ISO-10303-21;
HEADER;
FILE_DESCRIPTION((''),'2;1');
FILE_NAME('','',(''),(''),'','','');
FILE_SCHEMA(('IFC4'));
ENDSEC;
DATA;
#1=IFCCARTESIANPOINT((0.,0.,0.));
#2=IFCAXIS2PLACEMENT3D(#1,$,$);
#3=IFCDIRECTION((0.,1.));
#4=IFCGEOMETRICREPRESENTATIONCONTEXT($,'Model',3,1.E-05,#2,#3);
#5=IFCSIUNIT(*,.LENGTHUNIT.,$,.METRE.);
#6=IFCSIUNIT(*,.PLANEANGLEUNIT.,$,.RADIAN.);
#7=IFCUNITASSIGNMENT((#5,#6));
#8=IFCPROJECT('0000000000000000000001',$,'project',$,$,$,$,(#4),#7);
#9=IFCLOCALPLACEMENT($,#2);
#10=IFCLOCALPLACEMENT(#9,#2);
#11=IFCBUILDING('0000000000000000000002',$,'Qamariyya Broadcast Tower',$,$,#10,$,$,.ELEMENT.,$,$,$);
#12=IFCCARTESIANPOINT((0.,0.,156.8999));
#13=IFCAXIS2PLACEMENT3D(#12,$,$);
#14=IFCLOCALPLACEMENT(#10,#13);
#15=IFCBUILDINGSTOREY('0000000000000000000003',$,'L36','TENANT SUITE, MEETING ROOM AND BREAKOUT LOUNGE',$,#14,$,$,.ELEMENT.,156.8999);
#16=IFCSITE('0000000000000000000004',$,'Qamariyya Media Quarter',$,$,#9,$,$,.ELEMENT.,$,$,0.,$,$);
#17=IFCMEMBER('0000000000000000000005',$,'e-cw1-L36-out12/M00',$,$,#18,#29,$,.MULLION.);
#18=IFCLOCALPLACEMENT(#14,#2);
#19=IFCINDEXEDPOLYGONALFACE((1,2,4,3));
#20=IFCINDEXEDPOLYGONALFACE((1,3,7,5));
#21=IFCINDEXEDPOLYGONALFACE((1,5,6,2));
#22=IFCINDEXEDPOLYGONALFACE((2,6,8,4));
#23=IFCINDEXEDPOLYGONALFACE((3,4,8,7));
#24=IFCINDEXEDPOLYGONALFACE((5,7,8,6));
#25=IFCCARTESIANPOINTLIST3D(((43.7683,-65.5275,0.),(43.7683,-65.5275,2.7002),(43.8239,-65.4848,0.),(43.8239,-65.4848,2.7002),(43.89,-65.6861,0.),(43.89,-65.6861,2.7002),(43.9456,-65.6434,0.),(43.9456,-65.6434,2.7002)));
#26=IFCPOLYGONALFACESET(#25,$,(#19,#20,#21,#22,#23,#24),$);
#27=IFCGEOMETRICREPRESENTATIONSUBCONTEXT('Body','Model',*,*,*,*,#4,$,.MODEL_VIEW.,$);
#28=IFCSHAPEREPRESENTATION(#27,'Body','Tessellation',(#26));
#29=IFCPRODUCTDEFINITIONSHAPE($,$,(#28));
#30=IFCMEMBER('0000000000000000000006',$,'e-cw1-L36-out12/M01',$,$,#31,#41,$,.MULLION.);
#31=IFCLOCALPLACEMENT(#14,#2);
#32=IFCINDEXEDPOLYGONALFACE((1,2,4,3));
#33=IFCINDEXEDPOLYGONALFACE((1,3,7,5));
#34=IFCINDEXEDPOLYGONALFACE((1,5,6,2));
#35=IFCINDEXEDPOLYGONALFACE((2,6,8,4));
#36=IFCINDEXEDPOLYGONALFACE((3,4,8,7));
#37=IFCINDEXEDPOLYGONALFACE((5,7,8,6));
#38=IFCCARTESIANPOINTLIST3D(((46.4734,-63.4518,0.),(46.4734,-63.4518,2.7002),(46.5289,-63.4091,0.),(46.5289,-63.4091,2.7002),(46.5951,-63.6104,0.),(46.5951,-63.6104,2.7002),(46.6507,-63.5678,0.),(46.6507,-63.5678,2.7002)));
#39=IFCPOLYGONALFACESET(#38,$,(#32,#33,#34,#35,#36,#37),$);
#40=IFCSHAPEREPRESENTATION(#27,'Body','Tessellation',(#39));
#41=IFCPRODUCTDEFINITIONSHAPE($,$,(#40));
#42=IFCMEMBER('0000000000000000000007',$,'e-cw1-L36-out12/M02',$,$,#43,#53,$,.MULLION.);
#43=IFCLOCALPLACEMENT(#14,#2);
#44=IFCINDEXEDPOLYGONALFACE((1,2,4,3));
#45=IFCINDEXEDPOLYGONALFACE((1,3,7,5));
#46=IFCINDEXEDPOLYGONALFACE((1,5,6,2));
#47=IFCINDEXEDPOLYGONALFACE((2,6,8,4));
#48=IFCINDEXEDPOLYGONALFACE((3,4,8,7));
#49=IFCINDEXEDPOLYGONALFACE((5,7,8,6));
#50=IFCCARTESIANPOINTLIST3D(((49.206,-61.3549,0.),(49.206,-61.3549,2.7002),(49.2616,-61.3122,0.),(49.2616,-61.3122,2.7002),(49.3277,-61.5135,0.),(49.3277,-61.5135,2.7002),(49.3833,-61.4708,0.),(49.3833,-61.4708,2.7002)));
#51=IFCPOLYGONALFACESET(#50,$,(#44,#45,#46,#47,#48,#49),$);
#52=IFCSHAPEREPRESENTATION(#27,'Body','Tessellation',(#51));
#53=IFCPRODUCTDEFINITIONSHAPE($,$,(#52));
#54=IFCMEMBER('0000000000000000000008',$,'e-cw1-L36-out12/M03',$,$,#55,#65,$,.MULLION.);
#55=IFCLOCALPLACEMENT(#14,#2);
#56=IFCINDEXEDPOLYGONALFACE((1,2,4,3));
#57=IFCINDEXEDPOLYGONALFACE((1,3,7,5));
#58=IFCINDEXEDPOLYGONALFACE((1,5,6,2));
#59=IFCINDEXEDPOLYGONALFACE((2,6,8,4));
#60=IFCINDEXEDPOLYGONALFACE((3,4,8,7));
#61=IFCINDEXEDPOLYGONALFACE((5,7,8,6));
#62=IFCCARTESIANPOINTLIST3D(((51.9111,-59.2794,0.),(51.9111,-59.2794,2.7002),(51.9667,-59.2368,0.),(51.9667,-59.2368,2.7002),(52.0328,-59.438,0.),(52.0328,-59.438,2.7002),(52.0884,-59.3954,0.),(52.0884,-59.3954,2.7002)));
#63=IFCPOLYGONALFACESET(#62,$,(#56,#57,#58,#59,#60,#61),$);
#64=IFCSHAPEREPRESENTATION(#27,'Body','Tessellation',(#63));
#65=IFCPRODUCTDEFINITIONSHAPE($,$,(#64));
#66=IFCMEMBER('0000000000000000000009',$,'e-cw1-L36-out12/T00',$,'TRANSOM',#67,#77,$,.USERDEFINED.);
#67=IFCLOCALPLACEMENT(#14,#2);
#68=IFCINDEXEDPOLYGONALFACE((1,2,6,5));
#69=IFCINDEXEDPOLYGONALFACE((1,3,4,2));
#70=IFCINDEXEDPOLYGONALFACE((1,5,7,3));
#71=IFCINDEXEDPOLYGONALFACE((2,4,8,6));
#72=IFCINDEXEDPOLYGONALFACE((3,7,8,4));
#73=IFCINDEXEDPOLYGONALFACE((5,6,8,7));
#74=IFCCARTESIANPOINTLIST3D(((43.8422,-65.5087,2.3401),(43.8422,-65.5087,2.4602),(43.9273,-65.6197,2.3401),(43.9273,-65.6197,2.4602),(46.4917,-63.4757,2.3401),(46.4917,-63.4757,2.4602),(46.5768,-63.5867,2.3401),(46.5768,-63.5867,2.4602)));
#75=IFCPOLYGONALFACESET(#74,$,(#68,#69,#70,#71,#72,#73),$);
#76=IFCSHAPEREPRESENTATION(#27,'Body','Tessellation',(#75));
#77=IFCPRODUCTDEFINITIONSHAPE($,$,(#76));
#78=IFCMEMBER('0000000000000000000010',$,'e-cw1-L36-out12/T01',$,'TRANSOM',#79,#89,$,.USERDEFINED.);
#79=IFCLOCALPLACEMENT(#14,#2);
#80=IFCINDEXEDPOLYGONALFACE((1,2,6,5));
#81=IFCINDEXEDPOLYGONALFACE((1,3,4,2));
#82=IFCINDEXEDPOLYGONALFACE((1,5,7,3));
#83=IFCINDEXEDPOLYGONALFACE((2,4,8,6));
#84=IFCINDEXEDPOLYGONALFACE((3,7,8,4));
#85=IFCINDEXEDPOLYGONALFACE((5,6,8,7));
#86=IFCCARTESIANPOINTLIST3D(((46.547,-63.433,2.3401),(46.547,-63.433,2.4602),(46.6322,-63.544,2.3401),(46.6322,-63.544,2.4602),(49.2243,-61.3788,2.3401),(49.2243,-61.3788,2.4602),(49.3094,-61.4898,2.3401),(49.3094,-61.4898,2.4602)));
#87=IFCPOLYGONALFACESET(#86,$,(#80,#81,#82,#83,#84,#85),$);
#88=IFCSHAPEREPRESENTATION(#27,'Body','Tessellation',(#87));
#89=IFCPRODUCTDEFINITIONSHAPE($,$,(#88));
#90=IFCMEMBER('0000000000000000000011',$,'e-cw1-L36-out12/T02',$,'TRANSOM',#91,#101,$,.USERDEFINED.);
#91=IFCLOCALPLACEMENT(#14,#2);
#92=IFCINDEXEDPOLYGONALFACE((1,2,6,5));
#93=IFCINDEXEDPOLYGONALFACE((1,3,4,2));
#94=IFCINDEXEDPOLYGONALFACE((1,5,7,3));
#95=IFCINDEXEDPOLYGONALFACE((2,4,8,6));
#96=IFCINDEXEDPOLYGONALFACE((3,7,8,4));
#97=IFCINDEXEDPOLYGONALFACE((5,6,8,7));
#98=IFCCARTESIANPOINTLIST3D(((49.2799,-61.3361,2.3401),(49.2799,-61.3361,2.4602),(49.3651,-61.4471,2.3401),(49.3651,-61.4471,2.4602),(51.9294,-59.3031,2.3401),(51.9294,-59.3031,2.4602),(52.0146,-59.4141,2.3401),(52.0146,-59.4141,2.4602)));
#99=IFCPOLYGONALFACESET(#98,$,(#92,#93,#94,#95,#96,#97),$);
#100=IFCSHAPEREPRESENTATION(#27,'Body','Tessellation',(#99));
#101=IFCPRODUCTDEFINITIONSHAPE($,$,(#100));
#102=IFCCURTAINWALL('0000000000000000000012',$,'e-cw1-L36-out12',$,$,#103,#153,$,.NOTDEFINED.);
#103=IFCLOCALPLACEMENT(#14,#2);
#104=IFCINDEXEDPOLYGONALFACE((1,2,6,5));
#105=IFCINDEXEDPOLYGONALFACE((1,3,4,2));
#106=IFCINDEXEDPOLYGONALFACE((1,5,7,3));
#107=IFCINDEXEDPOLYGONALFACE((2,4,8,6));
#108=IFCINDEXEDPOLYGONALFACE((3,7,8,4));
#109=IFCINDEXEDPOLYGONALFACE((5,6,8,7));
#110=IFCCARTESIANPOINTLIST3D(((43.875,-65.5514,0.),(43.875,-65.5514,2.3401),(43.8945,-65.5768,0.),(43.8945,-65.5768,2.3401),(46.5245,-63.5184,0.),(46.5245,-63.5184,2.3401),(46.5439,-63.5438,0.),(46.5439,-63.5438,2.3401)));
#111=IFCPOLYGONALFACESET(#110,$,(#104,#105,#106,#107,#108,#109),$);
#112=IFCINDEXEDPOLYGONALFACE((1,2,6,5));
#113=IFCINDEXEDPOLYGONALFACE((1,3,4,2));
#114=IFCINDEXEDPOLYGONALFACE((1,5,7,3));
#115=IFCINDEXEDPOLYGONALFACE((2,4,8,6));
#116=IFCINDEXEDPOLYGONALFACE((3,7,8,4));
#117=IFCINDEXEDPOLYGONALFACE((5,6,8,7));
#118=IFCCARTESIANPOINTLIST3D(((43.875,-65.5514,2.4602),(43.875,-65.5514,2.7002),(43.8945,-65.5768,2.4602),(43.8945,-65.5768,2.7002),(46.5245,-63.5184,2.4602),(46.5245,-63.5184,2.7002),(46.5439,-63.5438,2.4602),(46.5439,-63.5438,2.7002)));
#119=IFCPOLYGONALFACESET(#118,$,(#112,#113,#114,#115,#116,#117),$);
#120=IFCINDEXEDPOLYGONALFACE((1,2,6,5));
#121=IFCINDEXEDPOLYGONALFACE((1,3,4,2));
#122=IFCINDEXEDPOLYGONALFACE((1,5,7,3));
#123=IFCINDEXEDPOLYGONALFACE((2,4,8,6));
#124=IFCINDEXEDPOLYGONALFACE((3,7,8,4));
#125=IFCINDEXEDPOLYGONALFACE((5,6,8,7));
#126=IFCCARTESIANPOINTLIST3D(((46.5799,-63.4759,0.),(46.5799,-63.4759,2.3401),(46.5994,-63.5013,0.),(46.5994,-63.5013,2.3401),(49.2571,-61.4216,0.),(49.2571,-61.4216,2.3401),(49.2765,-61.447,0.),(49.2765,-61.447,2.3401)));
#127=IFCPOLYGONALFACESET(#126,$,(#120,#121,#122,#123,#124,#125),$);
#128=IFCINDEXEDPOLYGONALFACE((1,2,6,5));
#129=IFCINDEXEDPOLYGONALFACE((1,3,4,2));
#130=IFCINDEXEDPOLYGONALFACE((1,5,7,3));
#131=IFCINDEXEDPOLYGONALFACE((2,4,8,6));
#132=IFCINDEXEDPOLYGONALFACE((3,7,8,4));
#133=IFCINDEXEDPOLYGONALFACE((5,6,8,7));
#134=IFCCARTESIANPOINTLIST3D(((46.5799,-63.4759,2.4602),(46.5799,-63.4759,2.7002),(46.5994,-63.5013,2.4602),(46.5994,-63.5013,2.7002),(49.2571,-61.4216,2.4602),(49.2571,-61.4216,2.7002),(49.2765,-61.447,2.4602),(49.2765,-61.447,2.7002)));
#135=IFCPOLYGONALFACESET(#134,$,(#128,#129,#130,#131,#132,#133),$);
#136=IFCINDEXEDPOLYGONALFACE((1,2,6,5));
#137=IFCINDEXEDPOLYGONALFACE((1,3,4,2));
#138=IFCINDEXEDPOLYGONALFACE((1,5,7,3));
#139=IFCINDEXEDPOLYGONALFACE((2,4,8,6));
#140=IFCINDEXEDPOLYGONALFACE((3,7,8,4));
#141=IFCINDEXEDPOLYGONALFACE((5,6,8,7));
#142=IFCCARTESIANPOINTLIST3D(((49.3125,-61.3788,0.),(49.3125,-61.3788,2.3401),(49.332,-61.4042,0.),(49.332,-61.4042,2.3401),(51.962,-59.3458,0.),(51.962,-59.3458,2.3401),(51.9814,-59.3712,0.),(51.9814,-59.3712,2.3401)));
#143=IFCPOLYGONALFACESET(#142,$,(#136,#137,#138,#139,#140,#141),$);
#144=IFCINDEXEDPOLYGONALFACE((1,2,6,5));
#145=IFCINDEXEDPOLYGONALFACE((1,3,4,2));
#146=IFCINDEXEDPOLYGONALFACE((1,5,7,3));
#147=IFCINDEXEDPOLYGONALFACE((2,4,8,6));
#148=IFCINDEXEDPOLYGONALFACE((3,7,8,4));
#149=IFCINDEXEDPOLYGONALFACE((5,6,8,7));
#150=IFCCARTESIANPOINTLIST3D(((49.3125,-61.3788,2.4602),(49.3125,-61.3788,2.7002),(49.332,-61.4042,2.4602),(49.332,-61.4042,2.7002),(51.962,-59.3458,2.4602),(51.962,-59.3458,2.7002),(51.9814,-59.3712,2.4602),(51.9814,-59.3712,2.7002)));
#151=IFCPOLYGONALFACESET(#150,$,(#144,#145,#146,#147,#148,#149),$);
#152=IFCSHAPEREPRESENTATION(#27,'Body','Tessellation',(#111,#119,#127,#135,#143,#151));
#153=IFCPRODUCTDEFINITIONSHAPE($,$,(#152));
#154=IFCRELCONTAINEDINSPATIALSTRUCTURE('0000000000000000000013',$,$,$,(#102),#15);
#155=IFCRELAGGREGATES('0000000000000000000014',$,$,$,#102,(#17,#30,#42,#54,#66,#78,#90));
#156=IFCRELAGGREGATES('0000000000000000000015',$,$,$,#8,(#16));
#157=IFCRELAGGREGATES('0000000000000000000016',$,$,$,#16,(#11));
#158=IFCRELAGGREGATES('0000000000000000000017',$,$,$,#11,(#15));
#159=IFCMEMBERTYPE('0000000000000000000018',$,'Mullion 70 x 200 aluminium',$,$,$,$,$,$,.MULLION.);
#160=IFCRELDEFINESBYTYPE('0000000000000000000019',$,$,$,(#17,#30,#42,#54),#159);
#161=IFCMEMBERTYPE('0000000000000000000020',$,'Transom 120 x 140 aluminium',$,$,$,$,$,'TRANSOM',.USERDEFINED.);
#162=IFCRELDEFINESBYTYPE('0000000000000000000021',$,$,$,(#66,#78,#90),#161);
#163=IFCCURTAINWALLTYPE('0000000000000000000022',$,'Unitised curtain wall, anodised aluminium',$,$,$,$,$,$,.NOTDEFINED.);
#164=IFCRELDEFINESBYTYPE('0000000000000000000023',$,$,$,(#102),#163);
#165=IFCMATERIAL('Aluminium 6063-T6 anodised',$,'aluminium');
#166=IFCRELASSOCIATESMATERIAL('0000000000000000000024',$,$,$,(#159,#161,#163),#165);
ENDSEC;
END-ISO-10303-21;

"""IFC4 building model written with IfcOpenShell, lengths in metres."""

from ifc_helpers import new_model, si_unit, direction, frame, origin, origin_2d, place, context, subcontext, project, spatial, rectangle, extrude, material, material_profile, profile_set, type_object, element, aggregate, save


model = new_model("IFC4")

# Units and contexts
model_context = context("Model", 3, precision=1e-05, world=origin(), true_north=direction((0.0, 1.0)))
body_context = subcontext(model_context, "Body", "Model", "MODEL_VIEW")
ifc_project = project(units=[si_unit("LENGTHUNIT", "METRE"), si_unit("PLANEANGLEUNIT", "RADIAN")], contexts=[model_context])

# Members
ifc_material = material(Name="Aluminium 6063-T6 anodised", Category="aluminium")
ifc_material_profile_1 = material_profile(ifc_material, rectangle(XDim=0.2, YDim=0.0701, at=origin_2d()))
ifc_profile_set_1 = profile_set([ifc_material_profile_1], Name="Aluminium 6063-T6 anodised")
member_type_1 = type_object("IfcMemberType", Name="Mullion 70 x 200 aluminium", PredefinedType="MULLION", material=ifc_profile_set_1)
site_placement = place(None, origin())
building_placement = place(site_placement, origin())
storey_placement = place(building_placement, frame((0.0, 0.0, 156.8999)))
member_1_placement = place(storey_placement, frame((43.8569, -65.5854, 0.0), z_axis=(0.0, 0.0, 1.0), x_axis=(-0.608761, 0.793353, 0.0)))
member_1 = element("IfcMember", 1, at=member_1_placement, type_object=member_type_1, Name="e-cw1-L36-out12/M00", PredefinedType="MULLION", context=body_context, shape_type="SweptSolid", body=[
    extrude(rectangle(XDim=0.2, YDim=0.0701, at=origin_2d()), origin(), (0.0, 0.0, 1.0), 2.7002),
])
member_2_placement = place(storey_placement, frame((46.562, -63.5098, 0.0), z_axis=(0.0, 0.0, 1.0), x_axis=(-0.608761, 0.793353, 0.0)))
member_2 = element("IfcMember", 2, at=member_2_placement, type_object=member_type_1, Name="e-cw1-L36-out12/M01", PredefinedType="MULLION", context=body_context, shape_type="SweptSolid", body=[
    extrude(rectangle(XDim=0.2, YDim=0.0701, at=origin_2d()), origin(), (0.0, 0.0, 1.0), 2.7002),
])
member_3_placement = place(storey_placement, frame((49.2947, -61.4128, 0.0), z_axis=(0.0, 0.0, 1.0), x_axis=(-0.608761, 0.793353, 0.0)))
member_3 = element("IfcMember", 3, at=member_3_placement, type_object=member_type_1, Name="e-cw1-L36-out12/M02", PredefinedType="MULLION", context=body_context, shape_type="SweptSolid", body=[
    extrude(rectangle(XDim=0.2, YDim=0.0701, at=origin_2d()), origin(), (0.0, 0.0, 1.0), 2.7002),
])
member_4_placement = place(storey_placement, frame((51.9998, -59.3374, 0.0), z_axis=(0.0, 0.0, 1.0), x_axis=(-0.608761, 0.793353, 0.0)))
member_4 = element("IfcMember", 4, at=member_4_placement, type_object=member_type_1, Name="e-cw1-L36-out12/M03", PredefinedType="MULLION", context=body_context, shape_type="SweptSolid", body=[
    extrude(rectangle(XDim=0.2, YDim=0.0701, at=origin_2d()), origin(), (0.0, 0.0, 1.0), 2.7002),
])
ifc_material_profile_2 = material_profile(ifc_material, rectangle(XDim=0.1399, YDim=0.1201, at=origin_2d()))
ifc_profile_set_2 = profile_set([ifc_material_profile_2], Name="Aluminium 6063-T6 anodised")
member_type_2 = type_object("IfcMemberType", Name="Transom 120 x 140 aluminium", ElementType="TRANSOM", PredefinedType="USERDEFINED", material=ifc_profile_set_2)
member_5_placement = place(storey_placement, frame((43.8848, -65.5642, 2.4001), z_axis=(0.793354, 0.60876, 0.0), x_axis=(-0.60876, 0.793354, 0.0)))
member_5 = element("IfcMember", 5, at=member_5_placement, type_object=member_type_2, Name="e-cw1-L36-out12/T00", ObjectType="TRANSOM", PredefinedType="USERDEFINED", context=body_context, shape_type="SweptSolid", body=[
    extrude(rectangle(XDim=0.1399, YDim=0.1201, at=origin_2d()), origin(), (0.0, 0.0, 1.0), 3.3396),
])
member_6_placement = place(storey_placement, frame((46.5896, -63.4885, 2.4001), z_axis=(0.793371, 0.608738, 0.0), x_axis=(-0.608738, 0.793371, 0.0)))
member_6 = element("IfcMember", 6, at=member_6_placement, type_object=member_type_2, Name="e-cw1-L36-out12/T01", ObjectType="TRANSOM", PredefinedType="USERDEFINED", context=body_context, shape_type="SweptSolid", body=[
    extrude(rectangle(XDim=0.1399, YDim=0.1201, at=origin_2d()), origin(), (0.0, 0.0, 1.0), 3.3745),
])
member_7_placement = place(storey_placement, frame((49.3225, -61.3916, 2.4001), z_axis=(0.793354, 0.60876, 0.0), x_axis=(-0.60876, 0.793354, 0.0)))
member_7 = element("IfcMember", 7, at=member_7_placement, type_object=member_type_2, Name="e-cw1-L36-out12/T02", ObjectType="TRANSOM", PredefinedType="USERDEFINED", context=body_context, shape_type="SweptSolid", body=[
    extrude(rectangle(XDim=0.1399, YDim=0.1201, at=origin_2d()), origin(), (0.0, 0.0, 1.0), 3.3396),
])

# Site, building, storey
site = spatial("IfcSite", under=ifc_project, at=site_placement, Name="Qamariyya Media Quarter", CompositionType="ELEMENT", RefElevation=0.0)
building = spatial("IfcBuilding", under=site, at=building_placement, Name="Qamariyya Broadcast Tower", CompositionType="ELEMENT")
storey = spatial("IfcBuildingStorey", under=building, at=storey_placement, Name="L36", Description="TENANT SUITE, MEETING ROOM AND BREAKOUT LOUNGE", CompositionType="ELEMENT", Elevation=156.8999)

# Curtain wall
curtain_wall_type = type_object("IfcCurtainWallType", Name="Unitised curtain wall, anodised aluminium", PredefinedType="NOTDEFINED", material=ifc_material)
curtain_wall_1_placement = place(storey_placement, origin())
curtain_wall_1 = element("IfcCurtainWall", 8, at=curtain_wall_1_placement, inside=storey, type_object=curtain_wall_type, Name="e-cw1-L36-out12", PredefinedType="NOTDEFINED", context=body_context, shape_type="SweptSolid", body=[
    extrude(rectangle(XDim=3.3396, YDim=0.032, at=origin_2d()), frame((45.2095, -64.5476, 0.0), x_axis=(0.793352, 0.608764, 0.0)), (0.0, 0.0, 1.0), 2.3401),
    extrude(rectangle(XDim=3.3396, YDim=0.032, at=origin_2d()), frame((45.2095, -64.5476, 2.4602), x_axis=(0.793352, 0.608764, 0.0)), (0.0, 0.0, 1.0), 0.24),
    extrude(rectangle(XDim=3.3745, YDim=0.032, at=origin_2d()), frame((47.9282, -62.4614, 0.0), x_axis=(0.793352, 0.608764, 0.0)), (0.0, 0.0, 1.0), 2.3401),
    extrude(rectangle(XDim=3.3745, YDim=0.032, at=origin_2d()), frame((47.9282, -62.4614, 2.4602), x_axis=(0.793352, 0.608764, 0.0)), (0.0, 0.0, 1.0), 0.24),
    extrude(rectangle(XDim=3.3396, YDim=0.032, at=origin_2d()), frame((50.647, -60.375, 0.0), x_axis=(0.793352, 0.608764, 0.0)), (0.0, 0.0, 1.0), 2.3401),
    extrude(rectangle(XDim=3.3396, YDim=0.032, at=origin_2d()), frame((50.647, -60.375, 2.4602), x_axis=(0.793352, 0.608764, 0.0)), (0.0, 0.0, 1.0), 0.24),
])
aggregate(curtain_wall_1, [member_1, member_2, member_3, member_4, member_5, member_6, member_7])

save(model, "model.ifc")
